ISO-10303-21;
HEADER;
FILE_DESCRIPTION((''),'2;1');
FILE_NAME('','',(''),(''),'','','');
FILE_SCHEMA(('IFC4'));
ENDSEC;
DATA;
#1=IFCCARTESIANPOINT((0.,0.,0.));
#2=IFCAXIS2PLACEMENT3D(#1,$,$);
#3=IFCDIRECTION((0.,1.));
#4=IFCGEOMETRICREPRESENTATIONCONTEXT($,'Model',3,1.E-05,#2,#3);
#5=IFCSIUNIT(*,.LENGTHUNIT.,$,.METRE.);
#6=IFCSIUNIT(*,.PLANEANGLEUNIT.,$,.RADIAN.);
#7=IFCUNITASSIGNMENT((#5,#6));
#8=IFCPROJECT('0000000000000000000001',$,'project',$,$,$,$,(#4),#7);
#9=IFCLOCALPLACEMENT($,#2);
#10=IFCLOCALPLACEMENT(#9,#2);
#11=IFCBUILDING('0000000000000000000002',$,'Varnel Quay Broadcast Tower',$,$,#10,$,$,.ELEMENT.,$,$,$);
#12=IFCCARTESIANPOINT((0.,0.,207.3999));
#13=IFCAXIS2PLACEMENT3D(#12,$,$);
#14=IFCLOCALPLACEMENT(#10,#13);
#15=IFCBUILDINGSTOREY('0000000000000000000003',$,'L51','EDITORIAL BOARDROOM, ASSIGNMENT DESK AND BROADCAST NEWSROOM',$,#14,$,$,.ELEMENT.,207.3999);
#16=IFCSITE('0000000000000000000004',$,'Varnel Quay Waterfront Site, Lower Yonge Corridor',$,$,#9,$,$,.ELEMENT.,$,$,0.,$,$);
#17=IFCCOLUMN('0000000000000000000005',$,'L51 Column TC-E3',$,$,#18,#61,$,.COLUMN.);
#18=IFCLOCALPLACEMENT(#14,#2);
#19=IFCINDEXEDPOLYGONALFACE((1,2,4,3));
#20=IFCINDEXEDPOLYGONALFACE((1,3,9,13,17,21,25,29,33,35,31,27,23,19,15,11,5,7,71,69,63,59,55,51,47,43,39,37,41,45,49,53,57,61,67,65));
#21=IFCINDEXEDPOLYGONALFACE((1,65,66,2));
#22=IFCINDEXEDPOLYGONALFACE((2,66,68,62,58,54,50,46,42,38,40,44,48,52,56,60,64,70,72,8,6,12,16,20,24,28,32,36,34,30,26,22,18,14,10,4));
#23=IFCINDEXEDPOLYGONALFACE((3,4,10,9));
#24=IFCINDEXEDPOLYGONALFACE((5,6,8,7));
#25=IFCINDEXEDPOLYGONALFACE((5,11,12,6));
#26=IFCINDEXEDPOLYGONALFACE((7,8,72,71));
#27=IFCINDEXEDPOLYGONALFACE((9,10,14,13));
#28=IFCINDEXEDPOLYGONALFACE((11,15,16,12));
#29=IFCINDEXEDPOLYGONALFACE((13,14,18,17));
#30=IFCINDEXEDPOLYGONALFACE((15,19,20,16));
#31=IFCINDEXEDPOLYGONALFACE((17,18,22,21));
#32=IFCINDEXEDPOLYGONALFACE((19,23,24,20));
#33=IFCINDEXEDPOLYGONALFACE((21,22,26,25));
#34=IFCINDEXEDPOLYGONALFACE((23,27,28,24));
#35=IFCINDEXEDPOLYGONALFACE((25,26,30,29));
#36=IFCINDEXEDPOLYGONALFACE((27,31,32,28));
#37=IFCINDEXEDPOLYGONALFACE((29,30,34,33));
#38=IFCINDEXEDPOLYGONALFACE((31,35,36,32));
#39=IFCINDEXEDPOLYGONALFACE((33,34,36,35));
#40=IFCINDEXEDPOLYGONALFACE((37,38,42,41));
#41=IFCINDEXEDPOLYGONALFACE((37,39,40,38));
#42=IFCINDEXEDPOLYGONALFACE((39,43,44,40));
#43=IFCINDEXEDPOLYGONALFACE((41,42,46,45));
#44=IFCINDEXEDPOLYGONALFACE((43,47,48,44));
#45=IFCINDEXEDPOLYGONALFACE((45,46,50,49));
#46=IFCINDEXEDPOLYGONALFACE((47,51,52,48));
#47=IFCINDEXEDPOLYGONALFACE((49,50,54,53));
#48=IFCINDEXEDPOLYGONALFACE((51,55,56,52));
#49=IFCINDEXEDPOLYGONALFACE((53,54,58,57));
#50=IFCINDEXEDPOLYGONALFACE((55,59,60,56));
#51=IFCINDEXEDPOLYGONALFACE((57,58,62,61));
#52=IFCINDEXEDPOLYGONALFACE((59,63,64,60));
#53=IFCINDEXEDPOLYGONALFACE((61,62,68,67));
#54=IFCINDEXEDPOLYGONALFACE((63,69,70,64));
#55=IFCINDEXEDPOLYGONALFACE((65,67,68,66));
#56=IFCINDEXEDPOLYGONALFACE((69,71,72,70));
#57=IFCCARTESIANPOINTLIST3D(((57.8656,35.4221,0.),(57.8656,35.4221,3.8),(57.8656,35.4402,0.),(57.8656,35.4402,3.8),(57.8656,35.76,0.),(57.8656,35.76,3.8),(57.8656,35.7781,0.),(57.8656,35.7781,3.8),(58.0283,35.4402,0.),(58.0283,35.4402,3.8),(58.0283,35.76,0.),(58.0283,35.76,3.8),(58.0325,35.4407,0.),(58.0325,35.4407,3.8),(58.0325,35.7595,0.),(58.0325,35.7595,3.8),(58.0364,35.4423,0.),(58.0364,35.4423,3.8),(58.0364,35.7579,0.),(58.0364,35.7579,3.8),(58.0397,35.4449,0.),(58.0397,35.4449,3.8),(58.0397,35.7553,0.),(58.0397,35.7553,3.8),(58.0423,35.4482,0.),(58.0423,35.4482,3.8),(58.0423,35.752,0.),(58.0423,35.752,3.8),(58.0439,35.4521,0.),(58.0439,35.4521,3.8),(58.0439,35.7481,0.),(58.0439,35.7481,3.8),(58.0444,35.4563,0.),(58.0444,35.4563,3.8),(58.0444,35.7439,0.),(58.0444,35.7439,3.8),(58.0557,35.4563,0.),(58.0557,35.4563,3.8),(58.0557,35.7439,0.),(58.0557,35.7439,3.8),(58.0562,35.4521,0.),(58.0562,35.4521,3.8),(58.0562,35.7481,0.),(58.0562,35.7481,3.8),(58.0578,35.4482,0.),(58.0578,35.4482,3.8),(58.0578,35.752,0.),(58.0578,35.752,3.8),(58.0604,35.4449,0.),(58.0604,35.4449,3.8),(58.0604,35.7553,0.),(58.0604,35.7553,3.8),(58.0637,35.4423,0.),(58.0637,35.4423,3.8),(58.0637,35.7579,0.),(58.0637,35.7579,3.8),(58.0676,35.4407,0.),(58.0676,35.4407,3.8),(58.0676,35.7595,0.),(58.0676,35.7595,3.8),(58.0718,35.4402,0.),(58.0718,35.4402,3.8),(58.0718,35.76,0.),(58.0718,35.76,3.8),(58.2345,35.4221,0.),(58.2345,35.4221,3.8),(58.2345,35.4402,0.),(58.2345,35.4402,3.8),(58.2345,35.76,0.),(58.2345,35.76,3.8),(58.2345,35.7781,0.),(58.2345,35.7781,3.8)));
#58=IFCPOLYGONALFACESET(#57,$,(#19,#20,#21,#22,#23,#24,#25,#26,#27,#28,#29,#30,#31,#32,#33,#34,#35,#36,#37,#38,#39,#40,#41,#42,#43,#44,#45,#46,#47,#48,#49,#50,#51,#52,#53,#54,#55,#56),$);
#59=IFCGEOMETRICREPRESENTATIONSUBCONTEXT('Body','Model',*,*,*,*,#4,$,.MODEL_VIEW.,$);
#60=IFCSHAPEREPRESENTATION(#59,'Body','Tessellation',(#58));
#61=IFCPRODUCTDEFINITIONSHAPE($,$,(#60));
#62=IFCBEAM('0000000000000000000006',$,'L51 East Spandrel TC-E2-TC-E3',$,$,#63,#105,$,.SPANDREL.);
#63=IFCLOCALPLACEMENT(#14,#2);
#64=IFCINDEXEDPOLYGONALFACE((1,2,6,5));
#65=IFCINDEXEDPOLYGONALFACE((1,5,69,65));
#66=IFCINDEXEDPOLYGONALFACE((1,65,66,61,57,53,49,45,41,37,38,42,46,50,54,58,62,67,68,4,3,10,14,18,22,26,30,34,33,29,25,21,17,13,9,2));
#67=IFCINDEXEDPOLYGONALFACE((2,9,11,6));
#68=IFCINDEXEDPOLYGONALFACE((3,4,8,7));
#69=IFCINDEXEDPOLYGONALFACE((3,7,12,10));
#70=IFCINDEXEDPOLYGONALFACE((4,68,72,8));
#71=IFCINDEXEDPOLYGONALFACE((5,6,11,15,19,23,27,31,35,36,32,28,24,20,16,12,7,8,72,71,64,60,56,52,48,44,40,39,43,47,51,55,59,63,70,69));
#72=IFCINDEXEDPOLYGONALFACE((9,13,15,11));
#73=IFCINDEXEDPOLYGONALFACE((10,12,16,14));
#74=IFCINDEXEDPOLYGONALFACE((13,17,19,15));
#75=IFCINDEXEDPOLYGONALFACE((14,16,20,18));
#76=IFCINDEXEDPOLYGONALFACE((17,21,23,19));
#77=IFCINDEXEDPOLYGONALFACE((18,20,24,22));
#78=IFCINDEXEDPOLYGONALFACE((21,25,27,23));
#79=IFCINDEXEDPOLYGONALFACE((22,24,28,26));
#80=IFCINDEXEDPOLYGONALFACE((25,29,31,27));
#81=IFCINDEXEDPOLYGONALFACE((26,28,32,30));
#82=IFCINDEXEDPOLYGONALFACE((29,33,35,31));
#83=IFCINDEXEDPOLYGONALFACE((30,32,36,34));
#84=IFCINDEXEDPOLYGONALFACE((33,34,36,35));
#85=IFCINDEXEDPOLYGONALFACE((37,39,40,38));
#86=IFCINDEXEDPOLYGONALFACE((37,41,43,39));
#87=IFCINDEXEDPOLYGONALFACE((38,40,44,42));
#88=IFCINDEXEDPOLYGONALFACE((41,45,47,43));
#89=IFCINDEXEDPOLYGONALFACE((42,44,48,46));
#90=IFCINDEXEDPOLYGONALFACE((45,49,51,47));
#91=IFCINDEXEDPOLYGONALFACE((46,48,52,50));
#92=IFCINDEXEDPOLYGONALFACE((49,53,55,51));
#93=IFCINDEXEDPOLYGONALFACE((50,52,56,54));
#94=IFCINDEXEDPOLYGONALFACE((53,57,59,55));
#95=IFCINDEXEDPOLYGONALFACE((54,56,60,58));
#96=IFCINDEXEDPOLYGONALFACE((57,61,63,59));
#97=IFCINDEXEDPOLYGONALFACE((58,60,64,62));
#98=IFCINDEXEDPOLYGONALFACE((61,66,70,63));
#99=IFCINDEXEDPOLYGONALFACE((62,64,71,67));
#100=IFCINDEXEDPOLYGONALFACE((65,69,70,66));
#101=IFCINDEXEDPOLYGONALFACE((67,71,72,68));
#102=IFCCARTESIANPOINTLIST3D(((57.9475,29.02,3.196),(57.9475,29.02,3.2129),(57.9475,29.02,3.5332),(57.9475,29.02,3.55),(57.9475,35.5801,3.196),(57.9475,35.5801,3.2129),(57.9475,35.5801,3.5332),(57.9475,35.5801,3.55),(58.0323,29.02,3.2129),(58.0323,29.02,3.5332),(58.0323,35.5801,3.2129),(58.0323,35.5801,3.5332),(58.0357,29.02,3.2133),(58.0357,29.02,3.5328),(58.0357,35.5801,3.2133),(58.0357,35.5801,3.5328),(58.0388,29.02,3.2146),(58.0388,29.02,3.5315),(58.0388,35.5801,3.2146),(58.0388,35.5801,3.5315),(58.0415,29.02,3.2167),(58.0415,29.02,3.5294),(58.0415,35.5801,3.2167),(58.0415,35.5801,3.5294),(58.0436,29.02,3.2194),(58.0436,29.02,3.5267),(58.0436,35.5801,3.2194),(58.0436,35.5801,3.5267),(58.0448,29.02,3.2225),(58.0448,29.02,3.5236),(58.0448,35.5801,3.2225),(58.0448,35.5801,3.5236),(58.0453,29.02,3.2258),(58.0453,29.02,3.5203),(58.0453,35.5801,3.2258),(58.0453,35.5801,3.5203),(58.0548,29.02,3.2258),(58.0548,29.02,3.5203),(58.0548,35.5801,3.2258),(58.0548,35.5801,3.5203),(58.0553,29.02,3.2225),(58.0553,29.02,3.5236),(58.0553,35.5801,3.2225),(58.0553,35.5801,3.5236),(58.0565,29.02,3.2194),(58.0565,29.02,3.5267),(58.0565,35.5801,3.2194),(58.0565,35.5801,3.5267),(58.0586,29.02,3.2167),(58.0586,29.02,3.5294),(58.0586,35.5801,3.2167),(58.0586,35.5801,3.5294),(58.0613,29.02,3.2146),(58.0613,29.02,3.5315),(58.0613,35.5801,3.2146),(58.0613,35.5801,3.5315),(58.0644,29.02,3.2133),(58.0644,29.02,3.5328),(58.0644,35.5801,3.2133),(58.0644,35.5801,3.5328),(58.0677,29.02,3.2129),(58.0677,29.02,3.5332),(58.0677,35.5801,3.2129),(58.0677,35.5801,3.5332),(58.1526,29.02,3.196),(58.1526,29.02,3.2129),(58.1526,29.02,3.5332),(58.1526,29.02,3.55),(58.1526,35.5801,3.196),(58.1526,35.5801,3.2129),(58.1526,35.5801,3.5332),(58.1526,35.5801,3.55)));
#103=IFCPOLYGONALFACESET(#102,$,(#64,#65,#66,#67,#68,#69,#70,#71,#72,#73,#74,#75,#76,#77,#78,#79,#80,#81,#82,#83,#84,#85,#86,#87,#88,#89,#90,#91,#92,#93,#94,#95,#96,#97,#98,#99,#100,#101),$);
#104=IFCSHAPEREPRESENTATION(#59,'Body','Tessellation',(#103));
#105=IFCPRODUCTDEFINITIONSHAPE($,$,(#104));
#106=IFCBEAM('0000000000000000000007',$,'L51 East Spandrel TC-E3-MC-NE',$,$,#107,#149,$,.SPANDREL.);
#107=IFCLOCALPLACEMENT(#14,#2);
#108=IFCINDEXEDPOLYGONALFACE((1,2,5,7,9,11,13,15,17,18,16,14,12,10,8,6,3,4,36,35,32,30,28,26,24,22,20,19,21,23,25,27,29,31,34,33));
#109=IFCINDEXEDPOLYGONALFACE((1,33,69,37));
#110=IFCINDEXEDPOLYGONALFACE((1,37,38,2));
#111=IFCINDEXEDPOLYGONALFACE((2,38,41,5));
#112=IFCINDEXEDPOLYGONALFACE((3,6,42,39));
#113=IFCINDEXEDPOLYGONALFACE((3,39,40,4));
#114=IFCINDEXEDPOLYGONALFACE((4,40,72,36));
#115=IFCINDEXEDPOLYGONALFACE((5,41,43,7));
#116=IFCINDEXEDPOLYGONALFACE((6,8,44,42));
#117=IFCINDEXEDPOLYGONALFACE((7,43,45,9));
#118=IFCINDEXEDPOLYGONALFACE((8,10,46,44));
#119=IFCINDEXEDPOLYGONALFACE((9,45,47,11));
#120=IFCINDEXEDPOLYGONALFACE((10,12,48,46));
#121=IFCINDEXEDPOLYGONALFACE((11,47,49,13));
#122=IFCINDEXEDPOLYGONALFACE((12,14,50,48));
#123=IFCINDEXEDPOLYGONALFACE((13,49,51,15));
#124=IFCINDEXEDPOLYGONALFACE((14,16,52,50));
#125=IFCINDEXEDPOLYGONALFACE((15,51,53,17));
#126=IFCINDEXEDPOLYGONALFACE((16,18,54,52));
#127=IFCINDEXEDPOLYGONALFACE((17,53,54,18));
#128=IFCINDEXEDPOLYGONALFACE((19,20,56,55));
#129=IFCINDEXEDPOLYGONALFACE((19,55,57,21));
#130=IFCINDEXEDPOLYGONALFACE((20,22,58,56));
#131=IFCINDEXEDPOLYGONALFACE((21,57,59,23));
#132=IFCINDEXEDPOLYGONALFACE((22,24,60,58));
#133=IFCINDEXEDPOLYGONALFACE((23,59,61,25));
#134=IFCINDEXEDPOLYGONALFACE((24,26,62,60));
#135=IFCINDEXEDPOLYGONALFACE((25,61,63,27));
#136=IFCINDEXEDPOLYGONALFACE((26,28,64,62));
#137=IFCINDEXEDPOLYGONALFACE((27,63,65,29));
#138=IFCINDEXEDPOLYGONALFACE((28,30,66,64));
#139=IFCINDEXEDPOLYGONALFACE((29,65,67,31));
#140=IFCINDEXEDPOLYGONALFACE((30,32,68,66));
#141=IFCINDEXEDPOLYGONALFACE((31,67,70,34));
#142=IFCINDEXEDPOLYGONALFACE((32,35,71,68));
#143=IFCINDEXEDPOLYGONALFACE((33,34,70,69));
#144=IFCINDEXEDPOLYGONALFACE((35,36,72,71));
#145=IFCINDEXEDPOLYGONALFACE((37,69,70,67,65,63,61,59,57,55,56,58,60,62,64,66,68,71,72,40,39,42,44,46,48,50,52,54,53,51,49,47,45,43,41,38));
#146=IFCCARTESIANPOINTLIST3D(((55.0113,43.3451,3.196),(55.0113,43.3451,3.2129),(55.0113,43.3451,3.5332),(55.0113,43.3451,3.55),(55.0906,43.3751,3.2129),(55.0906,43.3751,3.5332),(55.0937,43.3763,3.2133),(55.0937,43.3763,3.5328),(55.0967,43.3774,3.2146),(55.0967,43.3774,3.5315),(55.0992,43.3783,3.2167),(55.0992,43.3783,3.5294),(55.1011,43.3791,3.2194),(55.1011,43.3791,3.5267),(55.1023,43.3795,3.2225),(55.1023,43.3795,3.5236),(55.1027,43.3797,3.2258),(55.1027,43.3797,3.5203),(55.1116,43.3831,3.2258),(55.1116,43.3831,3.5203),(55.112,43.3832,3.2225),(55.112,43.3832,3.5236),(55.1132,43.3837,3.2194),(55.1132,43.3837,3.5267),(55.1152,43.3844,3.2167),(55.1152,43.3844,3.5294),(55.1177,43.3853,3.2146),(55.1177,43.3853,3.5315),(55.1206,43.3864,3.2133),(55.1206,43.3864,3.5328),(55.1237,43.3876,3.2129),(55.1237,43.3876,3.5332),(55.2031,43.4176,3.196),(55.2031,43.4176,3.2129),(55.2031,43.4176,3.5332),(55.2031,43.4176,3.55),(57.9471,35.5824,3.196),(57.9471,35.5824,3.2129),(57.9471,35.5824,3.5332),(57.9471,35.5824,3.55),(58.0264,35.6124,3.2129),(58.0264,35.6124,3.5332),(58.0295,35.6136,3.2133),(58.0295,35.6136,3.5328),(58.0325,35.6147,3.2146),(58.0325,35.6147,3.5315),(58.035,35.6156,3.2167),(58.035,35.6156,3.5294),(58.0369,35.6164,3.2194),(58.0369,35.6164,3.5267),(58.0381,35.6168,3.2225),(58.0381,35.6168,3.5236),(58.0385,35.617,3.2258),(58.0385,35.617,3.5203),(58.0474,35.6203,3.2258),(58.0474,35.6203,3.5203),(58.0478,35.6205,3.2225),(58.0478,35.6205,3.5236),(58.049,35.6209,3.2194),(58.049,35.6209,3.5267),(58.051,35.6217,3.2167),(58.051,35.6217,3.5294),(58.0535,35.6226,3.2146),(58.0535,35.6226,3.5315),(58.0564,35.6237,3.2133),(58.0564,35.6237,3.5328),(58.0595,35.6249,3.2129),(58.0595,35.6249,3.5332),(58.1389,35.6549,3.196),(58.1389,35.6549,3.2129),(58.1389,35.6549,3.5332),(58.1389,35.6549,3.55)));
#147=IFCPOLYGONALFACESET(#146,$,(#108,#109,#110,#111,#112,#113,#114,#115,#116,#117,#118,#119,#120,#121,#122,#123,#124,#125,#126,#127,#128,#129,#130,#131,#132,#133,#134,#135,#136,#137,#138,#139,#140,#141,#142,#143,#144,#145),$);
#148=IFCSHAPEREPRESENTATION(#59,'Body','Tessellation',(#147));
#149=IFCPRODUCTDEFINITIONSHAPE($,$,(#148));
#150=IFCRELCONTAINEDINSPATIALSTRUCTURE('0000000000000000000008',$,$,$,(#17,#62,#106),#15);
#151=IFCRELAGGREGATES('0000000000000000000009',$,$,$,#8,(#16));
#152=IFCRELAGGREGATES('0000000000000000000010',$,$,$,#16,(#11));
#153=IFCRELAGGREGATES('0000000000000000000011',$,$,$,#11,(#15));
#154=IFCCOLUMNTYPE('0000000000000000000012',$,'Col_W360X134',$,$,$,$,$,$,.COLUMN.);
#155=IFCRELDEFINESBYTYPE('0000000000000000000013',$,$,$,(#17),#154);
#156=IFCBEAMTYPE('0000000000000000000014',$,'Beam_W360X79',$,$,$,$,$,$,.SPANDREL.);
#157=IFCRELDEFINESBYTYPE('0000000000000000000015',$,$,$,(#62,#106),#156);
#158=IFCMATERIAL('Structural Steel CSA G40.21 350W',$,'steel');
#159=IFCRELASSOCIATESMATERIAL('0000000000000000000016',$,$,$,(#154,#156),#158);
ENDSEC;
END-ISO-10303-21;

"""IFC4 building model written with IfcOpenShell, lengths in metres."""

from ifc_helpers import new_model, si_unit, direction, frame, origin, origin_2d, place, context, subcontext, project, spatial, i_section, extrude, source, transform, mapped, material, material_profile, profile_set, type_object, type_shapes, element, save


model = new_model("IFC4")

# Units and contexts
model_context = context("Model", 3, precision=1e-05, world=origin(), true_north=direction((0.0, 1.0)))
body_context = subcontext(model_context, "Body", "Model", "MODEL_VIEW")
ifc_project = project(units=[si_unit("LENGTHUNIT", "METRE"), si_unit("PLANEANGLEUNIT", "RADIAN")], contexts=[model_context])

# Site, building, storey
site_placement = place(None, origin())
site = spatial("IfcSite", under=ifc_project, at=site_placement, Name="Varnel Quay Waterfront Site, Lower Yonge Corridor", CompositionType="ELEMENT", RefElevation=0.0)
building_placement = place(site_placement, origin())
building = spatial("IfcBuilding", under=site, at=building_placement, Name="Varnel Quay Broadcast Tower", CompositionType="ELEMENT")
storey_placement = place(building_placement, frame((0.0, 0.0, 207.3999)))
storey = spatial("IfcBuildingStorey", under=building, at=storey_placement, Name="L51", Description="EDITORIAL BOARDROOM, ASSIGNMENT DESK AND BROADCAST NEWSROOM", CompositionType="ELEMENT", Elevation=207.3999)

# Column
ifc_material_1 = material(Name="Structural Steel CSA G40.21 350W", Category="steel")
ifc_material_profile_1 = material_profile(ifc_material_1, i_section(OverallWidth=0.3689, OverallDepth=0.356, WebThickness=0.0112, FlangeThickness=0.0181, FilletRadius=0.0161, at=origin_2d()), Name="W360X134")
ifc_profile_set_1 = profile_set([ifc_material_profile_1], Name="Structural Steel CSA G40.21 350W")
column_type_1 = type_object("IfcColumnType", Name="Col_W360X134", PredefinedType="COLUMN", material=ifc_profile_set_1)
shared_shape_1 = source(origin(), body_context, "Body", "SweptSolid", [
    extrude(i_section(OverallWidth=0.3689, OverallDepth=0.356, WebThickness=0.0112, FlangeThickness=0.0181, FilletRadius=0.0161, at=origin_2d()), origin(), (0.0, 0.0, 1.0), 3.8),
])
type_shapes(column_type_1, [shared_shape_1])
for number, where, z_axis, x_axis, name in (
    (1, (58.05, 35.6001, 0.0), (0.0, 0.0, 1.0), (1.0, 0.0, 0.0), "L51 Column TC-E3"),
):
    element("IfcColumn", number, at=place(storey_placement, frame(where, z_axis=z_axis, x_axis=x_axis)), inside=storey, type_object=column_type_1, Name=name, PredefinedType="COLUMN", context=body_context, shape_type="MappedRepresentation", body=[
        mapped(shared_shape_1, transform((0.0, 0.0, 0.0), x_axis=(1.0, 0.0, 0.0), y_axis=(0.0, 1.0, 0.0), z_axis=(0.0, 0.0, 1.0), scale=1.0)),
    ])

# Beams
ifc_material_profile_2 = material_profile(ifc_material_1, i_section(OverallWidth=0.2051, OverallDepth=0.354, WebThickness=0.0095, FlangeThickness=0.0168, FilletRadius=0.0129, at=origin_2d()), Name="W360X79")
ifc_profile_set_2 = profile_set([ifc_material_profile_2], Name="Structural Steel CSA G40.21 350W")
beam_type_1 = type_object("IfcBeamType", Name="Beam_W360X79", PredefinedType="SPANDREL", material=ifc_profile_set_2)
shared_shape_2 = source(origin(), body_context, "Body", "SweptSolid", [
    extrude(i_section(OverallWidth=0.2051, OverallDepth=0.354, WebThickness=0.0095, FlangeThickness=0.0168, FilletRadius=0.0129, at=origin_2d()), origin(), (0.0, 0.0, 1.0), 6.5601),
])
beam_1_placement = place(storey_placement, frame((58.05, 29.02, 3.373), z_axis=(0.0, 1.0, 0.0), x_axis=(-1.0, 0.0, 0.0)))
element("IfcBeam", 2, at=beam_1_placement, inside=storey, type_object=beam_type_1, Name="L51 East Spandrel TC-E2-TC-E3", PredefinedType="SPANDREL", context=body_context, shape_type="MappedRepresentation", body=[
    mapped(shared_shape_2, transform((0.0, 0.0, 0.0), x_axis=(1.0, 0.0, 0.0), y_axis=(0.0, 1.0, 0.0), z_axis=(0.0, 0.0, 1.0), scale=1.0)),
])
shared_shape_3 = source(origin(), body_context, "Body", "SweptSolid", [
    extrude(i_section(OverallWidth=0.2051, OverallDepth=0.354, WebThickness=0.0095, FlangeThickness=0.0168, FilletRadius=0.0129, at=origin_2d()), origin(), (0.0, 0.0, 1.0), 8.2993),
])
beam_2_placement = place(storey_placement, frame((58.043, 35.6187, 3.373), z_axis=(-0.35374, 0.935344, 0.0), x_axis=(-0.935344, -0.35374, 0.0)))
element("IfcBeam", 3, at=beam_2_placement, inside=storey, type_object=beam_type_1, Name="L51 East Spandrel TC-E3-MC-NE", PredefinedType="SPANDREL", context=body_context, shape_type="MappedRepresentation", body=[
    mapped(shared_shape_3, transform((0.0, 0.0, 0.0), x_axis=(1.0, 0.0, 0.0), y_axis=(0.0, 1.0, 0.0), z_axis=(0.0, 0.0, 1.0), scale=1.0)),
])

save(model, "model.ifc")
